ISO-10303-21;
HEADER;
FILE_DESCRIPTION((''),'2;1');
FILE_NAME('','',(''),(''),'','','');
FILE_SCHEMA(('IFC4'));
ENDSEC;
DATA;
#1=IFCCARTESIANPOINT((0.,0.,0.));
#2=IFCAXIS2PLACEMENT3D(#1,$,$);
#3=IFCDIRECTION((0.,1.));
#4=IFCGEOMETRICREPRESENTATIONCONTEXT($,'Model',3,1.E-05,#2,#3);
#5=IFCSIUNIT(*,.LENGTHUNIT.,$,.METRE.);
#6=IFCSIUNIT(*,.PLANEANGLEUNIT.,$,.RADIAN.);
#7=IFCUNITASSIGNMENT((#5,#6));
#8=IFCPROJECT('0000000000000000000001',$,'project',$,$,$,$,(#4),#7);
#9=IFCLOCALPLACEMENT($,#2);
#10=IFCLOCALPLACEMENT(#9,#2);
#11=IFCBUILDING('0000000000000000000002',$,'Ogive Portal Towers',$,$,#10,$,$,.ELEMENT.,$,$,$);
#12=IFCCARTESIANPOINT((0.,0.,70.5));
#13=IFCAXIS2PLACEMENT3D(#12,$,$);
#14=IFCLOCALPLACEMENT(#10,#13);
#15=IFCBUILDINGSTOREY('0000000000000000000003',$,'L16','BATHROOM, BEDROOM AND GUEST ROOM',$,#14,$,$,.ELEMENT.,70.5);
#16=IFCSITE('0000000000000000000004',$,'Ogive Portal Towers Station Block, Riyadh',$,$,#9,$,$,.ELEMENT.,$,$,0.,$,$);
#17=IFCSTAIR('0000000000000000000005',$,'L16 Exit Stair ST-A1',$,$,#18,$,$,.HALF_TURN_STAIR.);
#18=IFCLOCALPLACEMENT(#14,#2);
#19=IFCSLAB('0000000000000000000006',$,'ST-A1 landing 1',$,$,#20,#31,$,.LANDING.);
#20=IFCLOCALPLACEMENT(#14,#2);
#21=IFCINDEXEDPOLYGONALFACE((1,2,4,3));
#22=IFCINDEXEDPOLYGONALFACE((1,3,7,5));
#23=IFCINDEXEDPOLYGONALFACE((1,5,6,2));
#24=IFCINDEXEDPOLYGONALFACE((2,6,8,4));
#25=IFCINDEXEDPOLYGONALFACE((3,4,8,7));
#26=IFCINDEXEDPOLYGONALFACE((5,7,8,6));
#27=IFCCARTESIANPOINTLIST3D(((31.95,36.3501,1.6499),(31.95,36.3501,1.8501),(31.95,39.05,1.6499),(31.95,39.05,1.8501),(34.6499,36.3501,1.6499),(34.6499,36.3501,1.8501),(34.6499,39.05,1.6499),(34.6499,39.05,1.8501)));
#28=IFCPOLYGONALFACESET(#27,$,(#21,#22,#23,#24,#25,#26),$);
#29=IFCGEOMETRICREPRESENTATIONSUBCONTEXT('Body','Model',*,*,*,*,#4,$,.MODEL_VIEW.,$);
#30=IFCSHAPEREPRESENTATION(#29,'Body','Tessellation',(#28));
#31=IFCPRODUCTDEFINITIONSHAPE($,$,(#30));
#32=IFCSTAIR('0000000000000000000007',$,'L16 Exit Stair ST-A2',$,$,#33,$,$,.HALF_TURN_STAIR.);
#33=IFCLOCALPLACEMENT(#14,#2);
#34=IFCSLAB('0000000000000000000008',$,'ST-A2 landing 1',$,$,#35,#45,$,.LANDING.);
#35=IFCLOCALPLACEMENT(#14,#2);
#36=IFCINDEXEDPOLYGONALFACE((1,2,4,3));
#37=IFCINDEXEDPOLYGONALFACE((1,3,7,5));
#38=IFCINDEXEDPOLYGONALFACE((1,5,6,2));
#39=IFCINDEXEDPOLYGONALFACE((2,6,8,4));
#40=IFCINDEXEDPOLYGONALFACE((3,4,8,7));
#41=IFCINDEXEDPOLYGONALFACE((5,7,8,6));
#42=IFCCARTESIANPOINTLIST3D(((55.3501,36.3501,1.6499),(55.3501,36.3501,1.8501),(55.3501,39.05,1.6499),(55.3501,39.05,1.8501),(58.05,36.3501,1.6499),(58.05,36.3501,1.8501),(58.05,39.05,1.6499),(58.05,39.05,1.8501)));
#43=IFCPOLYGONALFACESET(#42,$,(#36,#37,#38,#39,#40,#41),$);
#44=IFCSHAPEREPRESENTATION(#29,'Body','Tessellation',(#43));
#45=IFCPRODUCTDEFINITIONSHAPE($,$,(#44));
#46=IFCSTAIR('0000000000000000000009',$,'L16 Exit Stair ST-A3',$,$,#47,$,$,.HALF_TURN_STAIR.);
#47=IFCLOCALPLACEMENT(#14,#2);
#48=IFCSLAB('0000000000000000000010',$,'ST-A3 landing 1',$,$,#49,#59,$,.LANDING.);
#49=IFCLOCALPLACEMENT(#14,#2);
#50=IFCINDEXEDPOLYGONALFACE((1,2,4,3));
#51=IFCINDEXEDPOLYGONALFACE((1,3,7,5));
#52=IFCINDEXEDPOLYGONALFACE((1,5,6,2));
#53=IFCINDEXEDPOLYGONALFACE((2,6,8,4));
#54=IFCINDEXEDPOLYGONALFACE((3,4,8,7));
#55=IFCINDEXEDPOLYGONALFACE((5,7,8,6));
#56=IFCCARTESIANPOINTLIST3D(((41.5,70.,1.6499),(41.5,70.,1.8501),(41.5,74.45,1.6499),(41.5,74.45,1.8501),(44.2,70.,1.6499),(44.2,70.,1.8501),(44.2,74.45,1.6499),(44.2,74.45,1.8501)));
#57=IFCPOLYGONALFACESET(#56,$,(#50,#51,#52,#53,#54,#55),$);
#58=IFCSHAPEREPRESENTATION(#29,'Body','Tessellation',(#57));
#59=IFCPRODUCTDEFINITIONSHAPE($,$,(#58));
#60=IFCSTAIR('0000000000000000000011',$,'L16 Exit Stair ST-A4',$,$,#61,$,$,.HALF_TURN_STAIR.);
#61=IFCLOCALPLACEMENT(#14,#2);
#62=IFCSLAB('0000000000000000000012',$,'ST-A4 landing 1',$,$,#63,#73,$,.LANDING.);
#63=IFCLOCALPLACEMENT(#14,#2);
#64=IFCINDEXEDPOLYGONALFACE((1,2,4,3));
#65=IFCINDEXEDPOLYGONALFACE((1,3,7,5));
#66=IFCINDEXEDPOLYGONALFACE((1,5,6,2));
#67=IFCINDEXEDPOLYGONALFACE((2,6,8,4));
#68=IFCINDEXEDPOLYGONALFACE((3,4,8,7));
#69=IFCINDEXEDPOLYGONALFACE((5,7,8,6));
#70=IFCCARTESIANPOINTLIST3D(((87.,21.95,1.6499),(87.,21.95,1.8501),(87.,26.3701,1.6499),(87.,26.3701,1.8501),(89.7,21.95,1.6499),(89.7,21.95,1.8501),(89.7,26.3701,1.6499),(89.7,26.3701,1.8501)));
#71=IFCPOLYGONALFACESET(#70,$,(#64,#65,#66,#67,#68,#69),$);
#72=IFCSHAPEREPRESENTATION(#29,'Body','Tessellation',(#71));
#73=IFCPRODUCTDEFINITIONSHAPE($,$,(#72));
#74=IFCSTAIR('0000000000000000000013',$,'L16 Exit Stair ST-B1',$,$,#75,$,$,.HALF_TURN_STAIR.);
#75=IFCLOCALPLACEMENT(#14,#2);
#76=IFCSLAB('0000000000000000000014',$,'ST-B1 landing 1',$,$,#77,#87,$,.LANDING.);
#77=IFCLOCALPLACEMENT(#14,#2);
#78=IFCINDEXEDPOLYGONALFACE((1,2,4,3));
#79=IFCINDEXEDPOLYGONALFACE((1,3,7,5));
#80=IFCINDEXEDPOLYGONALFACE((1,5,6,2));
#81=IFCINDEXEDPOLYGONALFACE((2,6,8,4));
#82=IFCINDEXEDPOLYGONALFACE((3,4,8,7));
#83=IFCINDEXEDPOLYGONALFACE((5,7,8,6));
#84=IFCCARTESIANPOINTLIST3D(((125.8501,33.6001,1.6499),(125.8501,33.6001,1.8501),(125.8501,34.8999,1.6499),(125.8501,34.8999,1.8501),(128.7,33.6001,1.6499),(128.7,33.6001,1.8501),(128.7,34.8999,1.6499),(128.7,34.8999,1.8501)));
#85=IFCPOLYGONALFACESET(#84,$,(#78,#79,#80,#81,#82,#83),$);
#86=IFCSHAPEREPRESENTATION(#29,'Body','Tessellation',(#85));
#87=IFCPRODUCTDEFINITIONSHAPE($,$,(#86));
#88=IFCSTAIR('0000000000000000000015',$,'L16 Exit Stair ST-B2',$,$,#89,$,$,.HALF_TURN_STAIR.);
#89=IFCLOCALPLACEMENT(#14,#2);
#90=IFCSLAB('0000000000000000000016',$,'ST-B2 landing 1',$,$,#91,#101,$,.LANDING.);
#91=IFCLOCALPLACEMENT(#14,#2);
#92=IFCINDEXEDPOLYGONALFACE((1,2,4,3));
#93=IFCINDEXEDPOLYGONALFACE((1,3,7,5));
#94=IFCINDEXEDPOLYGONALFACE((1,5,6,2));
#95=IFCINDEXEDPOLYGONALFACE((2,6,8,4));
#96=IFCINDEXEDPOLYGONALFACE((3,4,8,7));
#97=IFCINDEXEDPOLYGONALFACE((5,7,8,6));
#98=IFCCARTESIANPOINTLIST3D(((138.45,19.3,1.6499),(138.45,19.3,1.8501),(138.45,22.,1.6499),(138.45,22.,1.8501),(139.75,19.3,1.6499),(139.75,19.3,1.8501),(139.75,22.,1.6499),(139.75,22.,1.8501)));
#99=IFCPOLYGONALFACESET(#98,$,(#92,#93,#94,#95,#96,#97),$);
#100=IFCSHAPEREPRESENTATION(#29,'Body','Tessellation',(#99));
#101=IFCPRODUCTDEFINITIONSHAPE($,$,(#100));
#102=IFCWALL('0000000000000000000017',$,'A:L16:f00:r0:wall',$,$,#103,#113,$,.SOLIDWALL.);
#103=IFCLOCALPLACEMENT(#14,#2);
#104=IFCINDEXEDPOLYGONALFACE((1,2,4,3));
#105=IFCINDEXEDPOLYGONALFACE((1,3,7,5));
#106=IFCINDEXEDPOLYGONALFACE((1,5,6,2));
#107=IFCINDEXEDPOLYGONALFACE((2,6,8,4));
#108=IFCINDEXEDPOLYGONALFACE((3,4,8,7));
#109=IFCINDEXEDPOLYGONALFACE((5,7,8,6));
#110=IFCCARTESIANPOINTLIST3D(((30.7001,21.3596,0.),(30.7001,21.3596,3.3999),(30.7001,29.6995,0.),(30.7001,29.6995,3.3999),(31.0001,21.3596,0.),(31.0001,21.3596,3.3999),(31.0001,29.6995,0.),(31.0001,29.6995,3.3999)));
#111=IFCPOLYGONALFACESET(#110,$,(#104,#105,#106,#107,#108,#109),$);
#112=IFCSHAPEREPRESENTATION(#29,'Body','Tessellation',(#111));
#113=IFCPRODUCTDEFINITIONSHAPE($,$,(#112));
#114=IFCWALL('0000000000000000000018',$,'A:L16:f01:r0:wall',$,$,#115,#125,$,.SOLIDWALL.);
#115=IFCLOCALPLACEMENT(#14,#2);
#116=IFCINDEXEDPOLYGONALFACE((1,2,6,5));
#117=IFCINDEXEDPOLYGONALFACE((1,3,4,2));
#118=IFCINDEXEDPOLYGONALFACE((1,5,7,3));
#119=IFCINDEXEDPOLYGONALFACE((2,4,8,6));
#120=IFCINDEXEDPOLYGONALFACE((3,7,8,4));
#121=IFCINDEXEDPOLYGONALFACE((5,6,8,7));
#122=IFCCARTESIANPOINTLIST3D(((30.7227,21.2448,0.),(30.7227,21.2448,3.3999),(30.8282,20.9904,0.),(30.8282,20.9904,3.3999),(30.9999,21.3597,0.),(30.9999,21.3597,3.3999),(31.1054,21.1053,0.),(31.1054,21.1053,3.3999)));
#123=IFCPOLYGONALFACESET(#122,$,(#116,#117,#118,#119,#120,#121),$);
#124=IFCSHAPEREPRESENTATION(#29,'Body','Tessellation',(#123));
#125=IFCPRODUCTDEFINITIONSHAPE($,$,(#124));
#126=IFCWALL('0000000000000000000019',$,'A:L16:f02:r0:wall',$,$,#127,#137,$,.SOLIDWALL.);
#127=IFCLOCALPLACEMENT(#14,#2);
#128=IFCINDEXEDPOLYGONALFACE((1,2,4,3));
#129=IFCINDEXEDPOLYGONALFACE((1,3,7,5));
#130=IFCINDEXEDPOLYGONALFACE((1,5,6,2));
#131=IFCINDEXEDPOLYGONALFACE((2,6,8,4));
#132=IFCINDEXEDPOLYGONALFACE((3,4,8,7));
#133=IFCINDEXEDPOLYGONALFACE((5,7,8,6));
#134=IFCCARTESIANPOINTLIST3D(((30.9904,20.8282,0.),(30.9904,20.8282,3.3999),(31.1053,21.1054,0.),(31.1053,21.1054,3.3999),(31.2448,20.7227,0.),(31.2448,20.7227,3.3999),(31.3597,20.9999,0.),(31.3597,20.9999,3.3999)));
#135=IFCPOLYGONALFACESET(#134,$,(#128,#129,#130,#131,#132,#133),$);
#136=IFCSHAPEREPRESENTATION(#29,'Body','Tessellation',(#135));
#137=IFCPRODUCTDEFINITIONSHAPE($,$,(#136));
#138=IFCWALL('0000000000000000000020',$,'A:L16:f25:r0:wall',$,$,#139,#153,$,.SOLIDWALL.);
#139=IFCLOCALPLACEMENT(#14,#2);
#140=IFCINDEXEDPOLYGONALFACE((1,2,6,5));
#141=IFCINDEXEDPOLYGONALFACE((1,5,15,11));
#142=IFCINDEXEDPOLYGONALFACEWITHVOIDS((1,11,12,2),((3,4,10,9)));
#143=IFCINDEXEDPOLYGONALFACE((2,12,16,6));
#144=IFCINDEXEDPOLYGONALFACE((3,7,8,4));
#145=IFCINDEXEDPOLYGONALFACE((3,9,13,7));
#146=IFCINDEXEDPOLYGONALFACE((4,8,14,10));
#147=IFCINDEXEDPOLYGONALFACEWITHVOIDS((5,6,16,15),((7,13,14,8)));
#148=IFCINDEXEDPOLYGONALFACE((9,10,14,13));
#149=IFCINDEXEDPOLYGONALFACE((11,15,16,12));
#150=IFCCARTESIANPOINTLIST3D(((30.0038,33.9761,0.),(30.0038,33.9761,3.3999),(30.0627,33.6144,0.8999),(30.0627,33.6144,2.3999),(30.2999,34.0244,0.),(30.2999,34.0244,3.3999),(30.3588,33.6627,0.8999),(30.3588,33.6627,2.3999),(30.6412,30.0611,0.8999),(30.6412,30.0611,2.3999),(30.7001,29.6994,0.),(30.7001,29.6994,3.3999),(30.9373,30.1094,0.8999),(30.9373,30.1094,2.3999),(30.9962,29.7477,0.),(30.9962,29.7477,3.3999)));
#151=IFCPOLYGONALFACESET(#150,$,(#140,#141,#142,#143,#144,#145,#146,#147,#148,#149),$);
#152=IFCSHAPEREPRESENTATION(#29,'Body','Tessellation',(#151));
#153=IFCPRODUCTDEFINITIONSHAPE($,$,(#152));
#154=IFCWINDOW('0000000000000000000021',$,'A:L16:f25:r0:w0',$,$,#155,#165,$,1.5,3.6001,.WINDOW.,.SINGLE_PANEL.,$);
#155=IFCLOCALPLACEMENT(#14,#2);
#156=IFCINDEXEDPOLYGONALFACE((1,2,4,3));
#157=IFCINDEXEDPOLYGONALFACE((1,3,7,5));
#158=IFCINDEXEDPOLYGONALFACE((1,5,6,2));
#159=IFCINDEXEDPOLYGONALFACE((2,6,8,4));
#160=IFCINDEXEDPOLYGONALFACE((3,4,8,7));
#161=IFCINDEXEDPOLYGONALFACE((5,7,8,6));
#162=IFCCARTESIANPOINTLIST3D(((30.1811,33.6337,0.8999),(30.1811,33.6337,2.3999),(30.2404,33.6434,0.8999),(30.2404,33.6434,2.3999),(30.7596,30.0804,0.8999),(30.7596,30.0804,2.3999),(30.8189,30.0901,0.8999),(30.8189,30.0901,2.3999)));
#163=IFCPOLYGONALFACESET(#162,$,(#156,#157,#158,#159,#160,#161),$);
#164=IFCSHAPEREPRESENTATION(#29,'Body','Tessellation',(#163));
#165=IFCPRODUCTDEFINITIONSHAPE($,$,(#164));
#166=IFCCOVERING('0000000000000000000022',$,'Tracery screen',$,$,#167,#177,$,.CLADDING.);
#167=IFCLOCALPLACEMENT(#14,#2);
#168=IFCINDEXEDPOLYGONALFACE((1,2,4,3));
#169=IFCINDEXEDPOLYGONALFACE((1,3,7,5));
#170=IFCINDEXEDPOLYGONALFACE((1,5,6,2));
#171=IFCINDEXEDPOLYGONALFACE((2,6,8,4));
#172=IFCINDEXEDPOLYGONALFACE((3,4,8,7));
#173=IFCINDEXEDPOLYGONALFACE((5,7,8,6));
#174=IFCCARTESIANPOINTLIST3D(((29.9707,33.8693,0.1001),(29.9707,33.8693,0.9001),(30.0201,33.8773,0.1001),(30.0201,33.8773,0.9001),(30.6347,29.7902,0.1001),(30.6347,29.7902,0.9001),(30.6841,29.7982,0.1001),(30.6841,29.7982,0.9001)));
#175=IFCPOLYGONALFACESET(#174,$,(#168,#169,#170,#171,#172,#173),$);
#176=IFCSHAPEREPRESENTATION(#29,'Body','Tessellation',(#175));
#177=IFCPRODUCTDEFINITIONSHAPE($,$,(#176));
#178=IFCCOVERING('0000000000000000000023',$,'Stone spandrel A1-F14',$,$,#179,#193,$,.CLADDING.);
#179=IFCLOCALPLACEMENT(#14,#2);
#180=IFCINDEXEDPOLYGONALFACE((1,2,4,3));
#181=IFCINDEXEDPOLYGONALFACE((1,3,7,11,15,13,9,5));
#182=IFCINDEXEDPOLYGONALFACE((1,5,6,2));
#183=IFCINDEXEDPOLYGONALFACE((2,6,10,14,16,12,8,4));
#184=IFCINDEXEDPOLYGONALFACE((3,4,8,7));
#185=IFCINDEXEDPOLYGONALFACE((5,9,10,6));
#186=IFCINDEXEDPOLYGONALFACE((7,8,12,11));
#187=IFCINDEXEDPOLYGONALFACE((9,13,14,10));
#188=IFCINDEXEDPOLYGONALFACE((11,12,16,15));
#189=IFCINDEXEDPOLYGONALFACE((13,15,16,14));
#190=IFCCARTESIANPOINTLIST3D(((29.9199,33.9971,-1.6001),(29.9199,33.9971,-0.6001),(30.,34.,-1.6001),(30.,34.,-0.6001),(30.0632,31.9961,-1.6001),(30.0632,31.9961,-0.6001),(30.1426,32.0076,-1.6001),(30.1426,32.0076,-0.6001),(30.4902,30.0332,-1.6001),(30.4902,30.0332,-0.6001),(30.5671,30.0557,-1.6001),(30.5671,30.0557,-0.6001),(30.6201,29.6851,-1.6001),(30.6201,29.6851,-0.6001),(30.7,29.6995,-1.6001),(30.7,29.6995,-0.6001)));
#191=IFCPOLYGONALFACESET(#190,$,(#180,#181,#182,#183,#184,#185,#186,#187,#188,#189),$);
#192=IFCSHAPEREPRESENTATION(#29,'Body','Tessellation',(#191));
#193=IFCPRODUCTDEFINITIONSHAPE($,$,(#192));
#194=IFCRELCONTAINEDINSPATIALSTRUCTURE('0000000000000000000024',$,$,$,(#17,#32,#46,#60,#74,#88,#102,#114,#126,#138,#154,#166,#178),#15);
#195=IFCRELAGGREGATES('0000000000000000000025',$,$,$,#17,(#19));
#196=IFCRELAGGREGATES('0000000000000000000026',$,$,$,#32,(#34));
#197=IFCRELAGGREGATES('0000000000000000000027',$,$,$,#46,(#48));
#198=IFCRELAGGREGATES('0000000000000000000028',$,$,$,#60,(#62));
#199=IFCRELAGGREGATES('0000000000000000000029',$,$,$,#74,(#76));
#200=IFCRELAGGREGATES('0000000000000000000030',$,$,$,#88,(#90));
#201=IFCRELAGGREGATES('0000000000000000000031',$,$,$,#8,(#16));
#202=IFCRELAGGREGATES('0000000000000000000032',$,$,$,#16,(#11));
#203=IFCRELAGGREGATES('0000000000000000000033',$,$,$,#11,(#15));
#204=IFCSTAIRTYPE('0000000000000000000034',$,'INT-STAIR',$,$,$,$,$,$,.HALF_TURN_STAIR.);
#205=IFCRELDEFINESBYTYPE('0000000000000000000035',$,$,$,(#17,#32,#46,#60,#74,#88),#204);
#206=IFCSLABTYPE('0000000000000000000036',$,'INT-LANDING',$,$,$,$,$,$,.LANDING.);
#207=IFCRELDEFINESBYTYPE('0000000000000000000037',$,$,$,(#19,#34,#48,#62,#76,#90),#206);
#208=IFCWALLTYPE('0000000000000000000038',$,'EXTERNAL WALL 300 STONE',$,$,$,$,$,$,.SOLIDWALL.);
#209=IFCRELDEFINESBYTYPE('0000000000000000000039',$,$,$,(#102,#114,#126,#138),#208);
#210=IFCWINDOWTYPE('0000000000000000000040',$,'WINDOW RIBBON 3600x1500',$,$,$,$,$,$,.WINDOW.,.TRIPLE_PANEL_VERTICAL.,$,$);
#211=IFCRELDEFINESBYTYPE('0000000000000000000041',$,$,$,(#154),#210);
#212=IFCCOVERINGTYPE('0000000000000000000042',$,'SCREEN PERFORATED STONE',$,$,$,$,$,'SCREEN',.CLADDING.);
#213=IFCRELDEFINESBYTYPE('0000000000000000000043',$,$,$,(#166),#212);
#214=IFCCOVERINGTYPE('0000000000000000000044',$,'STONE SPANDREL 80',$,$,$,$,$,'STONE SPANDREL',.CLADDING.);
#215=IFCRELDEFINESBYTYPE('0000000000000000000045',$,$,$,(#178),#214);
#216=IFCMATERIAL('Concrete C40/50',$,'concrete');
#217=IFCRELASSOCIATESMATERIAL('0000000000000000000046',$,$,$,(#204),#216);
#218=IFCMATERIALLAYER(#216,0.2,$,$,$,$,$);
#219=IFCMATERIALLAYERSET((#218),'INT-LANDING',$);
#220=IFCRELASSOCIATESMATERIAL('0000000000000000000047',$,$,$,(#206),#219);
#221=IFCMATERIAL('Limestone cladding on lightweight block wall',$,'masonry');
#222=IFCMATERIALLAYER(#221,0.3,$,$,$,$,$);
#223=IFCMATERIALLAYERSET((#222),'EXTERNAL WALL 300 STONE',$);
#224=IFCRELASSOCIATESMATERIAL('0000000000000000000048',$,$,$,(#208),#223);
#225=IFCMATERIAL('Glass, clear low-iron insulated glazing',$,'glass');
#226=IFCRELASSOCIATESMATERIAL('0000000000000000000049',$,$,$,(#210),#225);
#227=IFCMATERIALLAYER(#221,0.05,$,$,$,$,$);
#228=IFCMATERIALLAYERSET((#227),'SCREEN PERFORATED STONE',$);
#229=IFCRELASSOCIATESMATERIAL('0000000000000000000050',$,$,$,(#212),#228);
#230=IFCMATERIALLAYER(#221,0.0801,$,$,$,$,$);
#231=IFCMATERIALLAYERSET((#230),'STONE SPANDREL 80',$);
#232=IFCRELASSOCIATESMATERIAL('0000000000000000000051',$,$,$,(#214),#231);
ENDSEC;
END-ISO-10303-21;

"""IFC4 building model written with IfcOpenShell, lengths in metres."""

from ifc_helpers import new_model, si_unit, direction, frame, frame_2d, origin, origin_2d, place, context, subcontext, project, spatial, polyline, rectangle, outline, extrude, material, layer, layer_set, type_object, element, fill, aggregate, save


model = new_model("IFC4")

# Units and contexts
model_context = context("Model", 3, precision=1e-05, world=origin(), true_north=direction((0.0, 1.0)))
body_context = subcontext(model_context, "Body", "Model", "MODEL_VIEW")
ifc_project = project(units=[si_unit("LENGTHUNIT", "METRE"), si_unit("PLANEANGLEUNIT", "RADIAN")], contexts=[model_context])

# Site, building, storey
site_placement = place(None, origin())
site = spatial("IfcSite", under=ifc_project, at=site_placement, Name="Ogive Portal Towers Station Block, Riyadh", CompositionType="ELEMENT", RefElevation=0.0)
building_placement = place(site_placement, origin())
building = spatial("IfcBuilding", under=site, at=building_placement, Name="Ogive Portal Towers", CompositionType="ELEMENT")
storey_placement = place(building_placement, frame((0.0, 0.0, 70.5)))
storey = spatial("IfcBuildingStorey", under=building, at=storey_placement, Name="L16", Description="BATHROOM, BEDROOM AND GUEST ROOM", CompositionType="ELEMENT", Elevation=70.5)

# Stairs, slabs
ifc_material_1 = material(Name="Concrete C40/50", Category="concrete")
stair_type = type_object("IfcStairType", Name="INT-STAIR", PredefinedType="HALF_TURN_STAIR", material=ifc_material_1)
stair_1_placement = place(storey_placement, origin())
stair_1 = element("IfcStair", 1, at=stair_1_placement, inside=storey, type_object=stair_type, Name="L16 Exit Stair ST-A1", PredefinedType="HALF_TURN_STAIR")
ifc_layer_1 = layer(ifc_material_1, 0.2)
ifc_layer_set_1 = layer_set([ifc_layer_1], Name="INT-LANDING")
slab_type = type_object("IfcSlabType", Name="INT-LANDING", PredefinedType="LANDING", material=ifc_layer_set_1)
slab_1_placement = place(storey_placement, frame((0.0, 0.0, 1.6499)))
slab_1 = element("IfcSlab", 2, at=slab_1_placement, type_object=slab_type, Name="ST-A1 landing 1", PredefinedType="LANDING", context=body_context, shape_type="SweptSolid", body=[
    extrude(outline(polyline([(34.6499, 39.05), (31.95, 39.05), (31.95, 36.3501), (34.6499, 36.3501), (34.6499, 39.05)])), origin(), (0.0, 0.0, 1.0), 0.2002),
])
aggregate(stair_1, [slab_1])
stair_2_placement = place(storey_placement, origin())
stair_2 = element("IfcStair", 3, at=stair_2_placement, inside=storey, type_object=stair_type, Name="L16 Exit Stair ST-A2", PredefinedType="HALF_TURN_STAIR")
slab_2_placement = place(storey_placement, frame((0.0, 0.0, 1.6499)))
slab_2 = element("IfcSlab", 4, at=slab_2_placement, type_object=slab_type, Name="ST-A2 landing 1", PredefinedType="LANDING", context=body_context, shape_type="SweptSolid", body=[
    extrude(outline(polyline([(55.3501, 36.3501), (58.05, 36.3501), (58.05, 39.05), (55.3501, 39.05), (55.3501, 36.3501)])), origin(), (0.0, 0.0, 1.0), 0.2002),
])
aggregate(stair_2, [slab_2])
stair_3_placement = place(storey_placement, origin())
stair_3 = element("IfcStair", 5, at=stair_3_placement, inside=storey, type_object=stair_type, Name="L16 Exit Stair ST-A3", PredefinedType="HALF_TURN_STAIR")
slab_3_placement = place(storey_placement, frame((0.0, 0.0, 1.6499)))
slab_3 = element("IfcSlab", 6, at=slab_3_placement, type_object=slab_type, Name="ST-A3 landing 1", PredefinedType="LANDING", context=body_context, shape_type="SweptSolid", body=[
    extrude(outline(polyline([(44.2, 70.0), (44.2, 74.45), (41.5, 74.45), (41.5, 70.0), (44.2, 70.0)])), origin(), (0.0, 0.0, 1.0), 0.2002),
])
aggregate(stair_3, [slab_3])
stair_4_placement = place(storey_placement, origin())
stair_4 = element("IfcStair", 7, at=stair_4_placement, inside=storey, type_object=stair_type, Name="L16 Exit Stair ST-A4", PredefinedType="HALF_TURN_STAIR")
slab_4_placement = place(storey_placement, frame((0.0, 0.0, 1.6499)))
slab_4 = element("IfcSlab", 8, at=slab_4_placement, type_object=slab_type, Name="ST-A4 landing 1", PredefinedType="LANDING", context=body_context, shape_type="SweptSolid", body=[
    extrude(outline(polyline([(87.0, 26.3701), (87.0, 21.95), (89.7, 21.95), (89.7, 26.3701), (87.0, 26.3701)])), origin(), (0.0, 0.0, 1.0), 0.2002),
])
aggregate(stair_4, [slab_4])
stair_5_placement = place(storey_placement, origin())
stair_5 = element("IfcStair", 9, at=stair_5_placement, inside=storey, type_object=stair_type, Name="L16 Exit Stair ST-B1", PredefinedType="HALF_TURN_STAIR")
slab_5_placement = place(storey_placement, frame((0.0, 0.0, 1.6499)))
slab_5 = element("IfcSlab", 10, at=slab_5_placement, type_object=slab_type, Name="ST-B1 landing 1", PredefinedType="LANDING", context=body_context, shape_type="SweptSolid", body=[
    extrude(outline(polyline([(128.7, 33.6001), (128.7, 34.8999), (125.8501, 34.8999), (125.8501, 33.6001), (128.7, 33.6001)])), origin(), (0.0, 0.0, 1.0), 0.2002),
])
aggregate(stair_5, [slab_5])
stair_6_placement = place(storey_placement, origin())
stair_6 = element("IfcStair", 11, at=stair_6_placement, inside=storey, type_object=stair_type, Name="L16 Exit Stair ST-B2", PredefinedType="HALF_TURN_STAIR")
slab_6_placement = place(storey_placement, frame((0.0, 0.0, 1.6499)))
slab_6 = element("IfcSlab", 12, at=slab_6_placement, type_object=slab_type, Name="ST-B2 landing 1", PredefinedType="LANDING", context=body_context, shape_type="SweptSolid", body=[
    extrude(outline(polyline([(139.75, 22.0), (138.45, 22.0), (138.45, 19.3), (139.75, 19.3), (139.75, 22.0)])), origin(), (0.0, 0.0, 1.0), 0.2002),
])
aggregate(stair_6, [slab_6])

# Walls
ifc_material_2 = material(Name="Limestone cladding on lightweight block wall", Category="masonry")
ifc_layer_2 = layer(ifc_material_2, 0.3)
ifc_layer_set_2 = layer_set([ifc_layer_2], Name="EXTERNAL WALL 300 STONE")
wall_type = type_object("IfcWallType", Name="EXTERNAL WALL 300 STONE", PredefinedType="SOLIDWALL", material=ifc_layer_set_2)
wall_1_placement = place(storey_placement, frame((30.8501, 29.6995, 0.0), z_axis=(0.0, 0.0, 1.0), x_axis=(0.0, -1.0, 0.0)))
element("IfcWall", 13, at=wall_1_placement, inside=storey, type_object=wall_type, Name="A:L16:f00:r0:wall", PredefinedType="SOLIDWALL", context=body_context, shape_type="SweptSolid", body=[
    extrude(rectangle(XDim=8.3398, YDim=0.3, at=frame_2d((4.1699, 0.0))), origin(), (0.0, 0.0, 1.0), 3.3999),
])
for number, where, z_axis, x_axis, name in (
    (14, (30.8613, 21.3022, 0.0), (0.0, 0.0, 1.0), (0.382978, -0.923757, 0.0), "A:L16:f01:r0:wall"),
    (15, (31.0479, 20.9668, 0.0), (0.0, 0.0, 1.0), (0.923757, -0.382978, 0.0), "A:L16:f02:r0:wall"),
):
    element("IfcWall", number, at=place(storey_placement, frame(where, z_axis=z_axis, x_axis=x_axis)), inside=storey, type_object=wall_type, Name=name, PredefinedType="SOLIDWALL", context=body_context, shape_type="SweptSolid", body=[
        extrude(rectangle(XDim=0.2754, YDim=0.3, at=frame_2d((0.1377, 0.0))), origin(), (0.0, 0.0, 1.0), 3.3999),
    ])

# Wall, opening, window
wall_2_placement = place(storey_placement, frame((30.1519, 34.0002, 0.0), z_axis=(0.0, 0.0, 1.0), x_axis=(0.160697, -0.987004, 0.0)))
wall_2 = element("IfcWall", 16, at=wall_2_placement, inside=storey, type_object=wall_type, Name="A:L16:f25:r0:wall", PredefinedType="SOLIDWALL", context=body_context, shape_type="SweptSolid", body=[
    extrude(rectangle(XDim=4.333, YDim=0.3, at=frame_2d((2.1665, 0.0))), origin(), (0.0, 0.0, 1.0), 3.3999),
])
opening_placement = place(wall_2_placement, frame((0.3665, 0.0, 0.8999)))
opening = element("IfcOpeningElement", 17, at=opening_placement, cuts=wall_2, PredefinedType="OPENING", context=body_context, shape_type="SweptSolid", body=[
    extrude(rectangle(XDim=3.6001, YDim=1.5, at=frame_2d((1.8, 0.75))), frame((0.0, 0.1602, 0.0), z_axis=(0.0, -1.0, 0.0), x_axis=(1.0, 0.0, 0.0)), (0.0, 0.0, 1.0), 0.3201),
])
ifc_material_3 = material(Name="Glass, clear low-iron insulated glazing", Category="glass")
window_type = type_object("IfcWindowType", Name="WINDOW RIBBON 3600x1500", PartitioningType="TRIPLE_PANEL_VERTICAL", PredefinedType="WINDOW", material=ifc_material_3)
window_placement = place(opening_placement, origin())
window = element("IfcWindow", 18, at=window_placement, inside=storey, type_object=window_type, Name="A:L16:f25:r0:w0", OverallHeight=1.5, OverallWidth=3.6001, PartitioningType="SINGLE_PANEL", PredefinedType="WINDOW", context=body_context, shape_type="SweptSolid", body=[
    extrude(rectangle(XDim=3.6001, YDim=1.5, at=frame_2d((1.8, 0.75))), frame((0.0, 0.03, 0.0), z_axis=(0.0, -1.0, 0.0), x_axis=(1.0, 0.0, 0.0)), (0.0, 0.0, 1.0), 0.0601),
])
fill(opening, window)

# Coverings
ifc_layer_3 = layer(ifc_material_2, 0.05)
ifc_layer_set_3 = layer_set([ifc_layer_3], Name="SCREEN PERFORATED STONE")
covering_type_1 = type_object("IfcCoveringType", Name="SCREEN PERFORATED STONE", ElementType="SCREEN", PredefinedType="CLADDING", material=ifc_layer_set_3)
covering_1_placement = place(storey_placement, frame((30.3274, 31.8337, 0.1001), z_axis=(0.0, 0.0, 1.0), x_axis=(0.160655, -0.987011, 0.0)))
element("IfcCovering", 19, at=covering_1_placement, inside=storey, type_object=covering_type_1, Name="Tracery screen", PredefinedType="CLADDING", context=body_context, shape_type="SweptSolid", body=[
    extrude(rectangle(XDim=4.1328, YDim=0.05, at=origin_2d()), origin(), (0.0, 0.0, 1.0), 0.8),
])
ifc_layer_4 = layer(ifc_material_2, 0.0801)
ifc_layer_set_4 = layer_set([ifc_layer_4], Name="STONE SPANDREL 80")
covering_type_2 = type_object("IfcCoveringType", Name="STONE SPANDREL 80", ElementType="STONE SPANDREL", PredefinedType="CLADDING", material=ifc_layer_set_4)
covering_2_placement = place(storey_placement, frame((0.0, 0.0, -1.6001)))
element("IfcCovering", 20, at=covering_2_placement, inside=storey, type_object=covering_type_2, Name="Stone spandrel A1-F14", PredefinedType="CLADDING", context=body_context, shape_type="SweptSolid", body=[
    extrude(outline(polyline([(30.0, 34.0), (30.1426, 32.0076), (30.5671, 30.0557), (30.7, 29.6995), (30.6201, 29.6851), (30.4902, 30.0332), (30.0632, 31.9961), (29.9199, 33.9971), (30.0, 34.0)])), origin(), (0.0, 0.0, 1.0), 1.0),
])

save(model, "model.ifc")
